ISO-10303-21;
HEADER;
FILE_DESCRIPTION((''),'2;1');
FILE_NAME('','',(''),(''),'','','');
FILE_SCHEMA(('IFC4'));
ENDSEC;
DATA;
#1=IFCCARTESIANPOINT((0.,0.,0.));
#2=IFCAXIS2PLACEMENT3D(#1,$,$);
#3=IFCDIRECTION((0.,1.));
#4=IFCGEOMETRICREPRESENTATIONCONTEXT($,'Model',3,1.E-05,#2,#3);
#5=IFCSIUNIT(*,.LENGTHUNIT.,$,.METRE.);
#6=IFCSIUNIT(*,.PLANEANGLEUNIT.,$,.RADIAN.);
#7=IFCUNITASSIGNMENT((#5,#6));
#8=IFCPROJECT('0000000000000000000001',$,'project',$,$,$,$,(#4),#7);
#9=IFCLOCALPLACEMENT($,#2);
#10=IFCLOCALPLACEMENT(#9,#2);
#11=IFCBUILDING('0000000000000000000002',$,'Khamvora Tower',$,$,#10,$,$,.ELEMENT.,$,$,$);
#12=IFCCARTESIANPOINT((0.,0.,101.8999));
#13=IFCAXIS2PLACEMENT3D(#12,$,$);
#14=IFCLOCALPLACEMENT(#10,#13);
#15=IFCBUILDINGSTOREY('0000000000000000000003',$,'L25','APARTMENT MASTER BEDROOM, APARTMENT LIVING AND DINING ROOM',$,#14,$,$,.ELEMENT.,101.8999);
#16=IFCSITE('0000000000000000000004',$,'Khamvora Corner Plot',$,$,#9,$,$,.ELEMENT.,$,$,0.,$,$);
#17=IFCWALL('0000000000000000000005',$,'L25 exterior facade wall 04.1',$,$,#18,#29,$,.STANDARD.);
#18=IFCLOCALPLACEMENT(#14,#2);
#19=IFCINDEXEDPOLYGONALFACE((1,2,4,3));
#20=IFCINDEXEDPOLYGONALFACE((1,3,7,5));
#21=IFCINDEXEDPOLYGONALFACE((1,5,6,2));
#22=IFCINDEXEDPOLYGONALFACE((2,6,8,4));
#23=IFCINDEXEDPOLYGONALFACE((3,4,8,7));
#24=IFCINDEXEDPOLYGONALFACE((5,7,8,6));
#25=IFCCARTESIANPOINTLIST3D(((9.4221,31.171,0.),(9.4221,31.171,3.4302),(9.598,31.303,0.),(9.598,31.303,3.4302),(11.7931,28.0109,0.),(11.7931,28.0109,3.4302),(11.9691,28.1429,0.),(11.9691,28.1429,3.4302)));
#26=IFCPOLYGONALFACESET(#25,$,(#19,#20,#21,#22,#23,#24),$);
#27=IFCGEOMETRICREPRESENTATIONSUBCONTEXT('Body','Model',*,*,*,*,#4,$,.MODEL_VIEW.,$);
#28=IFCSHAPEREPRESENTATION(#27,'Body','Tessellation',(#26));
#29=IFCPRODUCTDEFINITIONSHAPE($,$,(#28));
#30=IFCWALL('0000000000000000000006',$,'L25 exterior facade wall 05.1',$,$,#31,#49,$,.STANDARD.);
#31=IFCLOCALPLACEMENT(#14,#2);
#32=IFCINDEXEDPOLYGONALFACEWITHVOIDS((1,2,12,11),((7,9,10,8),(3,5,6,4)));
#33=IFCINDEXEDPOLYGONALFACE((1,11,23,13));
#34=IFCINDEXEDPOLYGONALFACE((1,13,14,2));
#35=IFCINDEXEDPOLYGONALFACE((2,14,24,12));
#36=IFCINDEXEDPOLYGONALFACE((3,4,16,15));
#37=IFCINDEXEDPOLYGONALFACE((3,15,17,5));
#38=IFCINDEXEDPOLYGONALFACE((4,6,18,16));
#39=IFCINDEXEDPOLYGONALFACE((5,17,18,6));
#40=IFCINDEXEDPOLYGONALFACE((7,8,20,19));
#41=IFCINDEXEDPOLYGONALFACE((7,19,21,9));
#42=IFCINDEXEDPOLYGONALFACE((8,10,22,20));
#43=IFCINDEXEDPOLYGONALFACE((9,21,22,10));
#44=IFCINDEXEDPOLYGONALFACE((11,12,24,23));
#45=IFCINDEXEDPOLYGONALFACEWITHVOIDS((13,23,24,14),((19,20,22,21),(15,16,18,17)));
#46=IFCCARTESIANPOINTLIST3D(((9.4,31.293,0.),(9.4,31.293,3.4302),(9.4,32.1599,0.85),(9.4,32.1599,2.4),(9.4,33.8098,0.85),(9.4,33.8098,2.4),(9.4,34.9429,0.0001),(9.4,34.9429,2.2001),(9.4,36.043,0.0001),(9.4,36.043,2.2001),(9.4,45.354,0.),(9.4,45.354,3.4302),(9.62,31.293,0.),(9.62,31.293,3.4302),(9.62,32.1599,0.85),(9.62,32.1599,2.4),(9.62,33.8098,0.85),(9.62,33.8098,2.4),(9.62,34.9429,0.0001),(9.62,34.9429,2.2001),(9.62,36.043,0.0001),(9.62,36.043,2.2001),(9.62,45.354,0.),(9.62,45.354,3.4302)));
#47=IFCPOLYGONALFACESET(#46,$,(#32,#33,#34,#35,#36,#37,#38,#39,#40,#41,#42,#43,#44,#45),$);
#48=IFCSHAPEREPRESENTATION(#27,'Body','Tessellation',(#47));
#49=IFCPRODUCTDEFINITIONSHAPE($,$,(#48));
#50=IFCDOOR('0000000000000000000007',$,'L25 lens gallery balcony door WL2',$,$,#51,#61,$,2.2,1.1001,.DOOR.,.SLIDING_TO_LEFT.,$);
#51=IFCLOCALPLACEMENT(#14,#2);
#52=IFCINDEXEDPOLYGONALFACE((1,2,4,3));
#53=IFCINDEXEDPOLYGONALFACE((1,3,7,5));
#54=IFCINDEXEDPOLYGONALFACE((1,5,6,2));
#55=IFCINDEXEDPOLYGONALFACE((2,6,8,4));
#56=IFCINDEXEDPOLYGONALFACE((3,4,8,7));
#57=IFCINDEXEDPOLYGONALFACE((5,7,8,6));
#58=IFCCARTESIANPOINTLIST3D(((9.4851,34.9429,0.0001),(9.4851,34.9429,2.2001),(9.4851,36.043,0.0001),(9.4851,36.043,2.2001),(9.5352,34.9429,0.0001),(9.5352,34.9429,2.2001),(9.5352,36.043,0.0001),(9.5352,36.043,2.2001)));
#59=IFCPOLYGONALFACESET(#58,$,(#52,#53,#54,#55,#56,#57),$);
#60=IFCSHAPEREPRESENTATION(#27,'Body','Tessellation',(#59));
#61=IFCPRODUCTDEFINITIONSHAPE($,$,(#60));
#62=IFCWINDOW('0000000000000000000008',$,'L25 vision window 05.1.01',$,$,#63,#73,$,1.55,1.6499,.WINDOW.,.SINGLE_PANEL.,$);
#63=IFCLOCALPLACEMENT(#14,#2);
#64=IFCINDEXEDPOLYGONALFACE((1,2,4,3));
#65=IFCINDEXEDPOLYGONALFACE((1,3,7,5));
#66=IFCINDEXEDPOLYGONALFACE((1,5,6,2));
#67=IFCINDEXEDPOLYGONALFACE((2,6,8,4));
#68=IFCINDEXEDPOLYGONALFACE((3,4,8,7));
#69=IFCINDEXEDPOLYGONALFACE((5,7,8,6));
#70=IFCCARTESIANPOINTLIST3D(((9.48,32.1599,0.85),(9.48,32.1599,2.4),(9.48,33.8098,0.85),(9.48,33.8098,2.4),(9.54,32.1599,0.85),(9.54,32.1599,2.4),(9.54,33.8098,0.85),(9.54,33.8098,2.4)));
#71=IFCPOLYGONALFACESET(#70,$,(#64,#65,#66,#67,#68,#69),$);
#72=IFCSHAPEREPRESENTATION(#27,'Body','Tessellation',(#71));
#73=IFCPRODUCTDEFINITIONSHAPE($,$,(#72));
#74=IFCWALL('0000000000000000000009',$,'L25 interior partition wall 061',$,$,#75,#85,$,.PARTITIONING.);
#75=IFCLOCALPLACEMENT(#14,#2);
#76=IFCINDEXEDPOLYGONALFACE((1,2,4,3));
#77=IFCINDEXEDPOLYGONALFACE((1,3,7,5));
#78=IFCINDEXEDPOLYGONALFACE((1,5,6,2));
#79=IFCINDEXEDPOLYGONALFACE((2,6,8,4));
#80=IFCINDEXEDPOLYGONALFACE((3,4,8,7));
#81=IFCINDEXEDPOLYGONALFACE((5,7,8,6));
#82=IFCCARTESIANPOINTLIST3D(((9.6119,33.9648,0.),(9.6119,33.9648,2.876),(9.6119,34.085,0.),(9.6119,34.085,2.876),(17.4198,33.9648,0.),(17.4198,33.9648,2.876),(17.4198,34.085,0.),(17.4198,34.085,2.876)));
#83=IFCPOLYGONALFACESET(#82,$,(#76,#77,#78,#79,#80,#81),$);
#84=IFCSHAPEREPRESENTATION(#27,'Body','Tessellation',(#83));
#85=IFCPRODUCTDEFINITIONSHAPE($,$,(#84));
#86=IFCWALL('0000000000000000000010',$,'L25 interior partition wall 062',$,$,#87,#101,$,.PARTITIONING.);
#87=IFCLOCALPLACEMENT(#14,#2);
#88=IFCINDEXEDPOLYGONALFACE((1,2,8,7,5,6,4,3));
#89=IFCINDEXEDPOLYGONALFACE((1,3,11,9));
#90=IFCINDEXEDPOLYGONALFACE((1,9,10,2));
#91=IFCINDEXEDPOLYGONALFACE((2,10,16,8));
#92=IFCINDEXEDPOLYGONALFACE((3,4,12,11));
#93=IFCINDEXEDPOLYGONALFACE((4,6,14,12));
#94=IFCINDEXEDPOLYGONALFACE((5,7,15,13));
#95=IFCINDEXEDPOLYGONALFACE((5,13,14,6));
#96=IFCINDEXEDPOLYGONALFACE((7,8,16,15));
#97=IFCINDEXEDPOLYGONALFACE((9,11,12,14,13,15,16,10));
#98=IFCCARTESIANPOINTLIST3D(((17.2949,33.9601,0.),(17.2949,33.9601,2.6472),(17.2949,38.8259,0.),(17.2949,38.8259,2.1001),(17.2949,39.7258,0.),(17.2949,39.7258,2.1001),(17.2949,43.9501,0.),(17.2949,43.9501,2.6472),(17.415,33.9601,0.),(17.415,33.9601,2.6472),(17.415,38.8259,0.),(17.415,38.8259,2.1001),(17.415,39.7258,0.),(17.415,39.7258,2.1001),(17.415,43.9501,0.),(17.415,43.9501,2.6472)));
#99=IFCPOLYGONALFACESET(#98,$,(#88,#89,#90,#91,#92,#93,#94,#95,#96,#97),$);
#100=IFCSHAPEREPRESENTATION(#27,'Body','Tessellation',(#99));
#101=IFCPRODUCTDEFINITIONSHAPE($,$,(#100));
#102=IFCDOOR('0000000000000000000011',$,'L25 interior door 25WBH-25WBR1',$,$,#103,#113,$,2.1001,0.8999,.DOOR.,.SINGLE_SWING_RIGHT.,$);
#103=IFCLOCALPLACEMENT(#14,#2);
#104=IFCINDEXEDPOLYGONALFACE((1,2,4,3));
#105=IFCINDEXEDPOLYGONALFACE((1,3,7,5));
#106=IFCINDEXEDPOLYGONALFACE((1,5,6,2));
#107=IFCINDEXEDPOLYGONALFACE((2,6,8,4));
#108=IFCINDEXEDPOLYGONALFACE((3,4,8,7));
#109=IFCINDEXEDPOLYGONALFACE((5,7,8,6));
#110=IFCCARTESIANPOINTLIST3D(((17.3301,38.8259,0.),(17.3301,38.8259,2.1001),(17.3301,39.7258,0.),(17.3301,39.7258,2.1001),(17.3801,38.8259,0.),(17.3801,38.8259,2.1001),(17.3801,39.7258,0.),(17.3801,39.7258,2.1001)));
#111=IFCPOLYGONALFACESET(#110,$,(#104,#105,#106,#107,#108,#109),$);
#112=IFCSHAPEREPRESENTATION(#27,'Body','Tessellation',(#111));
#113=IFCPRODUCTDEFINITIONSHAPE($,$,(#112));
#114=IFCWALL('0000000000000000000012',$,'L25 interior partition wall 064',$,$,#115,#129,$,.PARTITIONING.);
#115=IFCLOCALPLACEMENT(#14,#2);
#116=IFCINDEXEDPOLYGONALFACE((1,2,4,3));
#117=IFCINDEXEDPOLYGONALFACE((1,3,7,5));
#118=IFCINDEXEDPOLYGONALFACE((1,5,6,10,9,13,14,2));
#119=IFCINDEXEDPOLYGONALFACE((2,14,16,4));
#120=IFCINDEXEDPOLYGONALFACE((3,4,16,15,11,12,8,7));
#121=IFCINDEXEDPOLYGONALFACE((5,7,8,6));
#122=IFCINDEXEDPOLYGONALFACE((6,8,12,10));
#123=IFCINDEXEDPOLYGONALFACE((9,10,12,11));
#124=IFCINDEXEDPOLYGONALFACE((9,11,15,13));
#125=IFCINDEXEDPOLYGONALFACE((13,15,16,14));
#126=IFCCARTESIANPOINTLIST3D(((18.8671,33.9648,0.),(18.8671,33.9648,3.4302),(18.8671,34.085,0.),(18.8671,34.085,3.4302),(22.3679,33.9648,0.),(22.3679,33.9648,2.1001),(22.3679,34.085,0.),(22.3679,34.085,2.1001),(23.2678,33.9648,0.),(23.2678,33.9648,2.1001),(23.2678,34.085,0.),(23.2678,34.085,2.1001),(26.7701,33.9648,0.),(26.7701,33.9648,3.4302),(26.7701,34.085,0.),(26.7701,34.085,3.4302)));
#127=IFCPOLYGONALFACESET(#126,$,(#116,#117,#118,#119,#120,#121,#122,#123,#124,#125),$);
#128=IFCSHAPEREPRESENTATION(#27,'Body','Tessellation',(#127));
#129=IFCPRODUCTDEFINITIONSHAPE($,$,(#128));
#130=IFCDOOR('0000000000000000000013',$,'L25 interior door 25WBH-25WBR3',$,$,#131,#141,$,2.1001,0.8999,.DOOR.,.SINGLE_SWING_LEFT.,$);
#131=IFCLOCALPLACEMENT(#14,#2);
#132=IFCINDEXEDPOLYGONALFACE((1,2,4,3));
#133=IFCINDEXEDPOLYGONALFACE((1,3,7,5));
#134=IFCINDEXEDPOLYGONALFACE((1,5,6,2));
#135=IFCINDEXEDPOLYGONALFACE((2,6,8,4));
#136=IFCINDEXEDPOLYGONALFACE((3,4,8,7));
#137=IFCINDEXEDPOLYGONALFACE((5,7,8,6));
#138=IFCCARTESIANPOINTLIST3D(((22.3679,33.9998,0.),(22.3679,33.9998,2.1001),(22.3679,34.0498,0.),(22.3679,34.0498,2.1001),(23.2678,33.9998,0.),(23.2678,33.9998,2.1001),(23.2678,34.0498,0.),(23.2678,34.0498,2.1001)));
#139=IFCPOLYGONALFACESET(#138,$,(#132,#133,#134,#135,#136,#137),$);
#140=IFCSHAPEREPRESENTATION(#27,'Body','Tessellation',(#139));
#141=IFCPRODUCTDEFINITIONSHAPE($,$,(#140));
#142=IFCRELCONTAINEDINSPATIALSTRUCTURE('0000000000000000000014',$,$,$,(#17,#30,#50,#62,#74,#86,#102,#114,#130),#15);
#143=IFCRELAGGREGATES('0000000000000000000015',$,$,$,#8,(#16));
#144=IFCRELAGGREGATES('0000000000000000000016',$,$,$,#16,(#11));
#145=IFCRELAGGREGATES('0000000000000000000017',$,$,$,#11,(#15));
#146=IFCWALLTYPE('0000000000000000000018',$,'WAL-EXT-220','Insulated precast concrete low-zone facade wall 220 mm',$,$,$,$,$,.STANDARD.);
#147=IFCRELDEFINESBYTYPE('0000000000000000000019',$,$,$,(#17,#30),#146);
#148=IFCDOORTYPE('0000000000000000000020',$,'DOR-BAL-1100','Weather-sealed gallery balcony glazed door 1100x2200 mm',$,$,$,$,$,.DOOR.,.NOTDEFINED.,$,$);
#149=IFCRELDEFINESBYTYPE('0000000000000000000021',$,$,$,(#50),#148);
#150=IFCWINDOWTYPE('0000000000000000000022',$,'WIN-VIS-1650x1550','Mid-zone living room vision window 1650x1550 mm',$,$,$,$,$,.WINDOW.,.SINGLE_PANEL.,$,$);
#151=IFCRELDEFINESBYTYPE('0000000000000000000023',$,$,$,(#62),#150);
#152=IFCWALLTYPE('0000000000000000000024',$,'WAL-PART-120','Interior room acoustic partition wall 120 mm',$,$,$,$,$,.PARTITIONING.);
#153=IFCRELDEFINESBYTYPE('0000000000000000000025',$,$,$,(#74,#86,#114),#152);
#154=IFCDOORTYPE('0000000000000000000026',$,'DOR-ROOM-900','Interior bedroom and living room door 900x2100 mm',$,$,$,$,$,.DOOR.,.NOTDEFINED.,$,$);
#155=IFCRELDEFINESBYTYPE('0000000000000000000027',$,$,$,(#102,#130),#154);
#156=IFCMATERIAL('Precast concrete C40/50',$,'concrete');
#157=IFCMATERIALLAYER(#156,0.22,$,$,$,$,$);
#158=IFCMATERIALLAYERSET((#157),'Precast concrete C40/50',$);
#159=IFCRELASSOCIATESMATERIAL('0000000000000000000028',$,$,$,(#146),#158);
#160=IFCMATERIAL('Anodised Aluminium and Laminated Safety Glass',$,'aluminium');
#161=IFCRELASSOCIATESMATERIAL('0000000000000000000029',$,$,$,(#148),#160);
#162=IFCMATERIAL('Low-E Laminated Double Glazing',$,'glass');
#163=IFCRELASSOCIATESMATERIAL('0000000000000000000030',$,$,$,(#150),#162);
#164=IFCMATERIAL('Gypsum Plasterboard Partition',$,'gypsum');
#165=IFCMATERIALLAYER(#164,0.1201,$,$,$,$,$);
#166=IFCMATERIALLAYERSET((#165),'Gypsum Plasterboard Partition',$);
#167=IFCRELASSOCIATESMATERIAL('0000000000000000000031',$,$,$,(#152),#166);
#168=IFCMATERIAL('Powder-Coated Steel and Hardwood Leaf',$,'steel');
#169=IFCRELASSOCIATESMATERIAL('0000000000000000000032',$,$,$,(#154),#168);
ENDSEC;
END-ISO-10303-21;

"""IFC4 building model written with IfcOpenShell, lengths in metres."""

from ifc_helpers import new_model, si_unit, direction, frame, frame_2d, origin, place, context, subcontext, project, spatial, rectangle, extrude, material, layer, layer_set, type_object, element, fill, save


model = new_model("IFC4")

# Units and contexts
model_context = context("Model", 3, precision=1e-05, world=origin(), true_north=direction((0.0, 1.0)))
body_context = subcontext(model_context, "Body", "Model", "MODEL_VIEW")
ifc_project = project(units=[si_unit("LENGTHUNIT", "METRE"), si_unit("PLANEANGLEUNIT", "RADIAN")], contexts=[model_context])

# Site, building, storey
site_placement = place(None, origin())
site = spatial("IfcSite", under=ifc_project, at=site_placement, Name="Khamvora Corner Plot", CompositionType="ELEMENT", RefElevation=0.0)
building_placement = place(site_placement, origin())
building = spatial("IfcBuilding", under=site, at=building_placement, Name="Khamvora Tower", CompositionType="ELEMENT")
storey_placement = place(building_placement, frame((0.0, 0.0, 101.8999)))
storey = spatial("IfcBuildingStorey", under=building, at=storey_placement, Name="L25", Description="APARTMENT MASTER BEDROOM, APARTMENT LIVING AND DINING ROOM", CompositionType="ELEMENT", Elevation=101.8999)

# Shared definitions
ifc_material_1 = material(Name="Powder-Coated Steel and Hardwood Leaf", Category="steel")

# Wall
ifc_material_2 = material(Name="Precast concrete C40/50", Category="concrete")
ifc_layer_1 = layer(ifc_material_2, 0.22)
ifc_layer_set_1 = layer_set([ifc_layer_1], Name="Precast concrete C40/50")
wall_type_1 = type_object("IfcWallType", Name="WAL-EXT-220", Description="Insulated precast concrete low-zone facade wall 220 mm", PredefinedType="STANDARD", material=ifc_layer_set_1)
wall_1_placement = place(storey_placement, frame((11.8811, 28.0769, 0.0), z_axis=(0.0, 0.0, 1.0), x_axis=(-0.600158, 0.799881, 0.0)))
element("IfcWall", 1, at=wall_1_placement, inside=storey, type_object=wall_type_1, Name="L25 exterior facade wall 04.1", PredefinedType="STANDARD", context=body_context, shape_type="SweptSolid", body=[
    extrude(rectangle(XDim=3.9507, YDim=0.22, at=frame_2d((1.9753, 0.0))), origin(), (0.0, 0.0, 1.0), 3.4302),
])

# Wall, openings, door, window
wall_2_placement = place(storey_placement, frame((9.51, 31.293, 0.0), z_axis=(0.0, 0.0, 1.0), x_axis=(0.0, 1.0, 0.0)))
wall_2 = element("IfcWall", 2, at=wall_2_placement, inside=storey, type_object=wall_type_1, Name="L25 exterior facade wall 05.1", PredefinedType="STANDARD", context=body_context, shape_type="SweptSolid", body=[
    extrude(rectangle(XDim=14.061, YDim=0.22, at=frame_2d((7.0305, 0.0))), origin(), (0.0, 0.0, 1.0), 3.4302),
])
opening_1_placement = place(wall_2_placement, frame((3.6499, 0.0, 0.0)))
opening_1 = element("IfcOpeningElement", 3, at=opening_1_placement, cuts=wall_2, PredefinedType="OPENING", context=body_context, shape_type="SweptSolid", body=[
    extrude(rectangle(XDim=1.1001, YDim=2.2, at=frame_2d((0.55, 1.1001))), frame((0.0, 0.1199, 0.0), z_axis=(0.0, -1.0, 0.0), x_axis=(1.0, 0.0, 0.0)), (0.0, 0.0, 1.0), 0.24),
])
opening_2_placement = place(wall_2_placement, frame((0.8669, 0.0, 0.8501)))
opening_2 = element("IfcOpeningElement", 4, at=opening_2_placement, cuts=wall_2, PredefinedType="OPENING", context=body_context, shape_type="SweptSolid", body=[
    extrude(rectangle(XDim=1.6499, YDim=1.55, at=frame_2d((0.825, 0.7749))), frame((0.0, 0.1199, 0.0), z_axis=(0.0, -1.0, 0.0), x_axis=(1.0, 0.0, 0.0)), (0.0, 0.0, 1.0), 0.24),
])
ifc_material_3 = material(Name="Anodised Aluminium and Laminated Safety Glass", Category="aluminium")
door_type_1 = type_object("IfcDoorType", Name="DOR-BAL-1100", Description="Weather-sealed gallery balcony glazed door 1100x2200 mm", OperationType="NOTDEFINED", PredefinedType="DOOR", material=ifc_material_3)
door_1_placement = place(opening_1_placement, origin())
door_1 = element("IfcDoor", 5, at=door_1_placement, inside=storey, type_object=door_type_1, Name="L25 lens gallery balcony door WL2", OperationType="SLIDING_TO_LEFT", OverallHeight=2.2, OverallWidth=1.1001, PredefinedType="DOOR", context=body_context, shape_type="SweptSolid", body=[
    extrude(rectangle(XDim=1.1001, YDim=2.2, at=frame_2d((0.55, 1.1001))), frame((0.0, 0.0249, 0.0), z_axis=(0.0, -1.0, 0.0), x_axis=(1.0, 0.0, 0.0)), (0.0, 0.0, 1.0), 0.05),
])
fill(opening_1, door_1)
ifc_material_4 = material(Name="Low-E Laminated Double Glazing", Category="glass")
window_type = type_object("IfcWindowType", Name="WIN-VIS-1650x1550", Description="Mid-zone living room vision window 1650x1550 mm", PartitioningType="SINGLE_PANEL", PredefinedType="WINDOW", material=ifc_material_4)
window_placement = place(opening_2_placement, origin())
window = element("IfcWindow", 6, at=window_placement, inside=storey, type_object=window_type, Name="L25 vision window 05.1.01", OverallHeight=1.55, OverallWidth=1.6499, PartitioningType="SINGLE_PANEL", PredefinedType="WINDOW", context=body_context, shape_type="SweptSolid", body=[
    extrude(rectangle(XDim=1.6499, YDim=1.55, at=frame_2d((0.825, 0.7749))), frame((0.0, 0.03, 0.0), z_axis=(0.0, -1.0, 0.0), x_axis=(1.0, 0.0, 0.0)), (0.0, 0.0, 1.0), 0.0601),
])
fill(opening_2, window)

# Wall
ifc_material_5 = material(Name="Gypsum Plasterboard Partition", Category="gypsum")
ifc_layer_2 = layer(ifc_material_5, 0.1201)
ifc_layer_set_2 = layer_set([ifc_layer_2], Name="Gypsum Plasterboard Partition")
wall_type_2 = type_object("IfcWallType", Name="WAL-PART-120", Description="Interior room acoustic partition wall 120 mm", PredefinedType="PARTITIONING", material=ifc_layer_set_2)
wall_3_placement = place(storey_placement, frame((9.6121, 34.0249, 0.0), z_axis=(0.0, 0.0, 1.0), x_axis=(1.0, 0.0, 0.0)))
element("IfcWall", 7, at=wall_3_placement, inside=storey, type_object=wall_type_2, Name="L25 interior partition wall 061", PredefinedType="PARTITIONING", context=body_context, shape_type="SweptSolid", body=[
    extrude(rectangle(XDim=7.8079, YDim=0.1201, at=frame_2d((3.9038, 0.0))), origin(), (0.0, 0.0, 1.0), 2.876),
])

# Walls, openings, doors
wall_4_placement = place(storey_placement, frame((17.355, 33.96, 0.0), z_axis=(0.0, 0.0, 1.0), x_axis=(0.0, 1.0, 0.0)))
wall_4 = element("IfcWall", 8, at=wall_4_placement, inside=storey, type_object=wall_type_2, Name="L25 interior partition wall 062", PredefinedType="PARTITIONING", context=body_context, shape_type="SweptSolid", body=[
    extrude(rectangle(XDim=9.99, YDim=0.1201, at=frame_2d((4.9951, 0.0))), origin(), (0.0, 0.0, 1.0), 2.6472),
])
opening_3_placement = place(wall_4_placement, frame((4.866, 0.0, 0.0)))
opening_3 = element("IfcOpeningElement", 9, at=opening_3_placement, cuts=wall_4, PredefinedType="OPENING", context=body_context, shape_type="SweptSolid", body=[
    extrude(rectangle(XDim=0.8999, YDim=2.1001, at=frame_2d((0.45, 1.05))), frame((0.0, 0.0701, 0.0), z_axis=(0.0, -1.0, 0.0), x_axis=(1.0, 0.0, 0.0)), (0.0, 0.0, 1.0), 0.1401),
])
door_type_2 = type_object("IfcDoorType", Name="DOR-ROOM-900", Description="Interior bedroom and living room door 900x2100 mm", OperationType="NOTDEFINED", PredefinedType="DOOR", material=ifc_material_1)
door_2_placement = place(opening_3_placement, origin())
door_2 = element("IfcDoor", 10, at=door_2_placement, inside=storey, type_object=door_type_2, Name="L25 interior door 25WBH-25WBR1", OperationType="SINGLE_SWING_RIGHT", OverallHeight=2.1001, OverallWidth=0.8999, PredefinedType="DOOR", context=body_context, shape_type="SweptSolid", body=[
    extrude(rectangle(XDim=0.8999, YDim=2.1001, at=frame_2d((0.45, 1.05))), frame((0.0, 0.0249, 0.0), z_axis=(0.0, -1.0, 0.0), x_axis=(1.0, 0.0, 0.0)), (0.0, 0.0, 1.0), 0.05),
])
fill(opening_3, door_2)
wall_5_placement = place(storey_placement, frame((18.8669, 34.0249, 0.0), z_axis=(0.0, 0.0, 1.0), x_axis=(1.0, 0.0, 0.0)))
wall_5 = element("IfcWall", 11, at=wall_5_placement, inside=storey, type_object=wall_type_2, Name="L25 interior partition wall 064", PredefinedType="PARTITIONING", context=body_context, shape_type="SweptSolid", body=[
    extrude(rectangle(XDim=7.9031, YDim=0.1201, at=frame_2d((3.9517, 0.0))), origin(), (0.0, 0.0, 1.0), 3.4302),
])
opening_4_placement = place(wall_5_placement, frame((3.501, 0.0, 0.0)))
opening_4 = element("IfcOpeningElement", 12, at=opening_4_placement, cuts=wall_5, PredefinedType="OPENING", context=body_context, shape_type="SweptSolid", body=[
    extrude(rectangle(XDim=0.8999, YDim=2.1001, at=frame_2d((0.45, 1.05))), frame((0.0, 0.0701, 0.0), z_axis=(0.0, -1.0, 0.0), x_axis=(1.0, 0.0, 0.0)), (0.0, 0.0, 1.0), 0.1401),
])
door_3_placement = place(opening_4_placement, origin())
door_3 = element("IfcDoor", 13, at=door_3_placement, inside=storey, type_object=door_type_2, Name="L25 interior door 25WBH-25WBR3", OperationType="SINGLE_SWING_LEFT", OverallHeight=2.1001, OverallWidth=0.8999, PredefinedType="DOOR", context=body_context, shape_type="SweptSolid", body=[
    extrude(rectangle(XDim=0.8999, YDim=2.1001, at=frame_2d((0.45, 1.05))), frame((0.0, 0.0249, 0.0), z_axis=(0.0, -1.0, 0.0), x_axis=(1.0, 0.0, 0.0)), (0.0, 0.0, 1.0), 0.05),
])
fill(opening_4, door_3)

save(model, "model.ifc")
